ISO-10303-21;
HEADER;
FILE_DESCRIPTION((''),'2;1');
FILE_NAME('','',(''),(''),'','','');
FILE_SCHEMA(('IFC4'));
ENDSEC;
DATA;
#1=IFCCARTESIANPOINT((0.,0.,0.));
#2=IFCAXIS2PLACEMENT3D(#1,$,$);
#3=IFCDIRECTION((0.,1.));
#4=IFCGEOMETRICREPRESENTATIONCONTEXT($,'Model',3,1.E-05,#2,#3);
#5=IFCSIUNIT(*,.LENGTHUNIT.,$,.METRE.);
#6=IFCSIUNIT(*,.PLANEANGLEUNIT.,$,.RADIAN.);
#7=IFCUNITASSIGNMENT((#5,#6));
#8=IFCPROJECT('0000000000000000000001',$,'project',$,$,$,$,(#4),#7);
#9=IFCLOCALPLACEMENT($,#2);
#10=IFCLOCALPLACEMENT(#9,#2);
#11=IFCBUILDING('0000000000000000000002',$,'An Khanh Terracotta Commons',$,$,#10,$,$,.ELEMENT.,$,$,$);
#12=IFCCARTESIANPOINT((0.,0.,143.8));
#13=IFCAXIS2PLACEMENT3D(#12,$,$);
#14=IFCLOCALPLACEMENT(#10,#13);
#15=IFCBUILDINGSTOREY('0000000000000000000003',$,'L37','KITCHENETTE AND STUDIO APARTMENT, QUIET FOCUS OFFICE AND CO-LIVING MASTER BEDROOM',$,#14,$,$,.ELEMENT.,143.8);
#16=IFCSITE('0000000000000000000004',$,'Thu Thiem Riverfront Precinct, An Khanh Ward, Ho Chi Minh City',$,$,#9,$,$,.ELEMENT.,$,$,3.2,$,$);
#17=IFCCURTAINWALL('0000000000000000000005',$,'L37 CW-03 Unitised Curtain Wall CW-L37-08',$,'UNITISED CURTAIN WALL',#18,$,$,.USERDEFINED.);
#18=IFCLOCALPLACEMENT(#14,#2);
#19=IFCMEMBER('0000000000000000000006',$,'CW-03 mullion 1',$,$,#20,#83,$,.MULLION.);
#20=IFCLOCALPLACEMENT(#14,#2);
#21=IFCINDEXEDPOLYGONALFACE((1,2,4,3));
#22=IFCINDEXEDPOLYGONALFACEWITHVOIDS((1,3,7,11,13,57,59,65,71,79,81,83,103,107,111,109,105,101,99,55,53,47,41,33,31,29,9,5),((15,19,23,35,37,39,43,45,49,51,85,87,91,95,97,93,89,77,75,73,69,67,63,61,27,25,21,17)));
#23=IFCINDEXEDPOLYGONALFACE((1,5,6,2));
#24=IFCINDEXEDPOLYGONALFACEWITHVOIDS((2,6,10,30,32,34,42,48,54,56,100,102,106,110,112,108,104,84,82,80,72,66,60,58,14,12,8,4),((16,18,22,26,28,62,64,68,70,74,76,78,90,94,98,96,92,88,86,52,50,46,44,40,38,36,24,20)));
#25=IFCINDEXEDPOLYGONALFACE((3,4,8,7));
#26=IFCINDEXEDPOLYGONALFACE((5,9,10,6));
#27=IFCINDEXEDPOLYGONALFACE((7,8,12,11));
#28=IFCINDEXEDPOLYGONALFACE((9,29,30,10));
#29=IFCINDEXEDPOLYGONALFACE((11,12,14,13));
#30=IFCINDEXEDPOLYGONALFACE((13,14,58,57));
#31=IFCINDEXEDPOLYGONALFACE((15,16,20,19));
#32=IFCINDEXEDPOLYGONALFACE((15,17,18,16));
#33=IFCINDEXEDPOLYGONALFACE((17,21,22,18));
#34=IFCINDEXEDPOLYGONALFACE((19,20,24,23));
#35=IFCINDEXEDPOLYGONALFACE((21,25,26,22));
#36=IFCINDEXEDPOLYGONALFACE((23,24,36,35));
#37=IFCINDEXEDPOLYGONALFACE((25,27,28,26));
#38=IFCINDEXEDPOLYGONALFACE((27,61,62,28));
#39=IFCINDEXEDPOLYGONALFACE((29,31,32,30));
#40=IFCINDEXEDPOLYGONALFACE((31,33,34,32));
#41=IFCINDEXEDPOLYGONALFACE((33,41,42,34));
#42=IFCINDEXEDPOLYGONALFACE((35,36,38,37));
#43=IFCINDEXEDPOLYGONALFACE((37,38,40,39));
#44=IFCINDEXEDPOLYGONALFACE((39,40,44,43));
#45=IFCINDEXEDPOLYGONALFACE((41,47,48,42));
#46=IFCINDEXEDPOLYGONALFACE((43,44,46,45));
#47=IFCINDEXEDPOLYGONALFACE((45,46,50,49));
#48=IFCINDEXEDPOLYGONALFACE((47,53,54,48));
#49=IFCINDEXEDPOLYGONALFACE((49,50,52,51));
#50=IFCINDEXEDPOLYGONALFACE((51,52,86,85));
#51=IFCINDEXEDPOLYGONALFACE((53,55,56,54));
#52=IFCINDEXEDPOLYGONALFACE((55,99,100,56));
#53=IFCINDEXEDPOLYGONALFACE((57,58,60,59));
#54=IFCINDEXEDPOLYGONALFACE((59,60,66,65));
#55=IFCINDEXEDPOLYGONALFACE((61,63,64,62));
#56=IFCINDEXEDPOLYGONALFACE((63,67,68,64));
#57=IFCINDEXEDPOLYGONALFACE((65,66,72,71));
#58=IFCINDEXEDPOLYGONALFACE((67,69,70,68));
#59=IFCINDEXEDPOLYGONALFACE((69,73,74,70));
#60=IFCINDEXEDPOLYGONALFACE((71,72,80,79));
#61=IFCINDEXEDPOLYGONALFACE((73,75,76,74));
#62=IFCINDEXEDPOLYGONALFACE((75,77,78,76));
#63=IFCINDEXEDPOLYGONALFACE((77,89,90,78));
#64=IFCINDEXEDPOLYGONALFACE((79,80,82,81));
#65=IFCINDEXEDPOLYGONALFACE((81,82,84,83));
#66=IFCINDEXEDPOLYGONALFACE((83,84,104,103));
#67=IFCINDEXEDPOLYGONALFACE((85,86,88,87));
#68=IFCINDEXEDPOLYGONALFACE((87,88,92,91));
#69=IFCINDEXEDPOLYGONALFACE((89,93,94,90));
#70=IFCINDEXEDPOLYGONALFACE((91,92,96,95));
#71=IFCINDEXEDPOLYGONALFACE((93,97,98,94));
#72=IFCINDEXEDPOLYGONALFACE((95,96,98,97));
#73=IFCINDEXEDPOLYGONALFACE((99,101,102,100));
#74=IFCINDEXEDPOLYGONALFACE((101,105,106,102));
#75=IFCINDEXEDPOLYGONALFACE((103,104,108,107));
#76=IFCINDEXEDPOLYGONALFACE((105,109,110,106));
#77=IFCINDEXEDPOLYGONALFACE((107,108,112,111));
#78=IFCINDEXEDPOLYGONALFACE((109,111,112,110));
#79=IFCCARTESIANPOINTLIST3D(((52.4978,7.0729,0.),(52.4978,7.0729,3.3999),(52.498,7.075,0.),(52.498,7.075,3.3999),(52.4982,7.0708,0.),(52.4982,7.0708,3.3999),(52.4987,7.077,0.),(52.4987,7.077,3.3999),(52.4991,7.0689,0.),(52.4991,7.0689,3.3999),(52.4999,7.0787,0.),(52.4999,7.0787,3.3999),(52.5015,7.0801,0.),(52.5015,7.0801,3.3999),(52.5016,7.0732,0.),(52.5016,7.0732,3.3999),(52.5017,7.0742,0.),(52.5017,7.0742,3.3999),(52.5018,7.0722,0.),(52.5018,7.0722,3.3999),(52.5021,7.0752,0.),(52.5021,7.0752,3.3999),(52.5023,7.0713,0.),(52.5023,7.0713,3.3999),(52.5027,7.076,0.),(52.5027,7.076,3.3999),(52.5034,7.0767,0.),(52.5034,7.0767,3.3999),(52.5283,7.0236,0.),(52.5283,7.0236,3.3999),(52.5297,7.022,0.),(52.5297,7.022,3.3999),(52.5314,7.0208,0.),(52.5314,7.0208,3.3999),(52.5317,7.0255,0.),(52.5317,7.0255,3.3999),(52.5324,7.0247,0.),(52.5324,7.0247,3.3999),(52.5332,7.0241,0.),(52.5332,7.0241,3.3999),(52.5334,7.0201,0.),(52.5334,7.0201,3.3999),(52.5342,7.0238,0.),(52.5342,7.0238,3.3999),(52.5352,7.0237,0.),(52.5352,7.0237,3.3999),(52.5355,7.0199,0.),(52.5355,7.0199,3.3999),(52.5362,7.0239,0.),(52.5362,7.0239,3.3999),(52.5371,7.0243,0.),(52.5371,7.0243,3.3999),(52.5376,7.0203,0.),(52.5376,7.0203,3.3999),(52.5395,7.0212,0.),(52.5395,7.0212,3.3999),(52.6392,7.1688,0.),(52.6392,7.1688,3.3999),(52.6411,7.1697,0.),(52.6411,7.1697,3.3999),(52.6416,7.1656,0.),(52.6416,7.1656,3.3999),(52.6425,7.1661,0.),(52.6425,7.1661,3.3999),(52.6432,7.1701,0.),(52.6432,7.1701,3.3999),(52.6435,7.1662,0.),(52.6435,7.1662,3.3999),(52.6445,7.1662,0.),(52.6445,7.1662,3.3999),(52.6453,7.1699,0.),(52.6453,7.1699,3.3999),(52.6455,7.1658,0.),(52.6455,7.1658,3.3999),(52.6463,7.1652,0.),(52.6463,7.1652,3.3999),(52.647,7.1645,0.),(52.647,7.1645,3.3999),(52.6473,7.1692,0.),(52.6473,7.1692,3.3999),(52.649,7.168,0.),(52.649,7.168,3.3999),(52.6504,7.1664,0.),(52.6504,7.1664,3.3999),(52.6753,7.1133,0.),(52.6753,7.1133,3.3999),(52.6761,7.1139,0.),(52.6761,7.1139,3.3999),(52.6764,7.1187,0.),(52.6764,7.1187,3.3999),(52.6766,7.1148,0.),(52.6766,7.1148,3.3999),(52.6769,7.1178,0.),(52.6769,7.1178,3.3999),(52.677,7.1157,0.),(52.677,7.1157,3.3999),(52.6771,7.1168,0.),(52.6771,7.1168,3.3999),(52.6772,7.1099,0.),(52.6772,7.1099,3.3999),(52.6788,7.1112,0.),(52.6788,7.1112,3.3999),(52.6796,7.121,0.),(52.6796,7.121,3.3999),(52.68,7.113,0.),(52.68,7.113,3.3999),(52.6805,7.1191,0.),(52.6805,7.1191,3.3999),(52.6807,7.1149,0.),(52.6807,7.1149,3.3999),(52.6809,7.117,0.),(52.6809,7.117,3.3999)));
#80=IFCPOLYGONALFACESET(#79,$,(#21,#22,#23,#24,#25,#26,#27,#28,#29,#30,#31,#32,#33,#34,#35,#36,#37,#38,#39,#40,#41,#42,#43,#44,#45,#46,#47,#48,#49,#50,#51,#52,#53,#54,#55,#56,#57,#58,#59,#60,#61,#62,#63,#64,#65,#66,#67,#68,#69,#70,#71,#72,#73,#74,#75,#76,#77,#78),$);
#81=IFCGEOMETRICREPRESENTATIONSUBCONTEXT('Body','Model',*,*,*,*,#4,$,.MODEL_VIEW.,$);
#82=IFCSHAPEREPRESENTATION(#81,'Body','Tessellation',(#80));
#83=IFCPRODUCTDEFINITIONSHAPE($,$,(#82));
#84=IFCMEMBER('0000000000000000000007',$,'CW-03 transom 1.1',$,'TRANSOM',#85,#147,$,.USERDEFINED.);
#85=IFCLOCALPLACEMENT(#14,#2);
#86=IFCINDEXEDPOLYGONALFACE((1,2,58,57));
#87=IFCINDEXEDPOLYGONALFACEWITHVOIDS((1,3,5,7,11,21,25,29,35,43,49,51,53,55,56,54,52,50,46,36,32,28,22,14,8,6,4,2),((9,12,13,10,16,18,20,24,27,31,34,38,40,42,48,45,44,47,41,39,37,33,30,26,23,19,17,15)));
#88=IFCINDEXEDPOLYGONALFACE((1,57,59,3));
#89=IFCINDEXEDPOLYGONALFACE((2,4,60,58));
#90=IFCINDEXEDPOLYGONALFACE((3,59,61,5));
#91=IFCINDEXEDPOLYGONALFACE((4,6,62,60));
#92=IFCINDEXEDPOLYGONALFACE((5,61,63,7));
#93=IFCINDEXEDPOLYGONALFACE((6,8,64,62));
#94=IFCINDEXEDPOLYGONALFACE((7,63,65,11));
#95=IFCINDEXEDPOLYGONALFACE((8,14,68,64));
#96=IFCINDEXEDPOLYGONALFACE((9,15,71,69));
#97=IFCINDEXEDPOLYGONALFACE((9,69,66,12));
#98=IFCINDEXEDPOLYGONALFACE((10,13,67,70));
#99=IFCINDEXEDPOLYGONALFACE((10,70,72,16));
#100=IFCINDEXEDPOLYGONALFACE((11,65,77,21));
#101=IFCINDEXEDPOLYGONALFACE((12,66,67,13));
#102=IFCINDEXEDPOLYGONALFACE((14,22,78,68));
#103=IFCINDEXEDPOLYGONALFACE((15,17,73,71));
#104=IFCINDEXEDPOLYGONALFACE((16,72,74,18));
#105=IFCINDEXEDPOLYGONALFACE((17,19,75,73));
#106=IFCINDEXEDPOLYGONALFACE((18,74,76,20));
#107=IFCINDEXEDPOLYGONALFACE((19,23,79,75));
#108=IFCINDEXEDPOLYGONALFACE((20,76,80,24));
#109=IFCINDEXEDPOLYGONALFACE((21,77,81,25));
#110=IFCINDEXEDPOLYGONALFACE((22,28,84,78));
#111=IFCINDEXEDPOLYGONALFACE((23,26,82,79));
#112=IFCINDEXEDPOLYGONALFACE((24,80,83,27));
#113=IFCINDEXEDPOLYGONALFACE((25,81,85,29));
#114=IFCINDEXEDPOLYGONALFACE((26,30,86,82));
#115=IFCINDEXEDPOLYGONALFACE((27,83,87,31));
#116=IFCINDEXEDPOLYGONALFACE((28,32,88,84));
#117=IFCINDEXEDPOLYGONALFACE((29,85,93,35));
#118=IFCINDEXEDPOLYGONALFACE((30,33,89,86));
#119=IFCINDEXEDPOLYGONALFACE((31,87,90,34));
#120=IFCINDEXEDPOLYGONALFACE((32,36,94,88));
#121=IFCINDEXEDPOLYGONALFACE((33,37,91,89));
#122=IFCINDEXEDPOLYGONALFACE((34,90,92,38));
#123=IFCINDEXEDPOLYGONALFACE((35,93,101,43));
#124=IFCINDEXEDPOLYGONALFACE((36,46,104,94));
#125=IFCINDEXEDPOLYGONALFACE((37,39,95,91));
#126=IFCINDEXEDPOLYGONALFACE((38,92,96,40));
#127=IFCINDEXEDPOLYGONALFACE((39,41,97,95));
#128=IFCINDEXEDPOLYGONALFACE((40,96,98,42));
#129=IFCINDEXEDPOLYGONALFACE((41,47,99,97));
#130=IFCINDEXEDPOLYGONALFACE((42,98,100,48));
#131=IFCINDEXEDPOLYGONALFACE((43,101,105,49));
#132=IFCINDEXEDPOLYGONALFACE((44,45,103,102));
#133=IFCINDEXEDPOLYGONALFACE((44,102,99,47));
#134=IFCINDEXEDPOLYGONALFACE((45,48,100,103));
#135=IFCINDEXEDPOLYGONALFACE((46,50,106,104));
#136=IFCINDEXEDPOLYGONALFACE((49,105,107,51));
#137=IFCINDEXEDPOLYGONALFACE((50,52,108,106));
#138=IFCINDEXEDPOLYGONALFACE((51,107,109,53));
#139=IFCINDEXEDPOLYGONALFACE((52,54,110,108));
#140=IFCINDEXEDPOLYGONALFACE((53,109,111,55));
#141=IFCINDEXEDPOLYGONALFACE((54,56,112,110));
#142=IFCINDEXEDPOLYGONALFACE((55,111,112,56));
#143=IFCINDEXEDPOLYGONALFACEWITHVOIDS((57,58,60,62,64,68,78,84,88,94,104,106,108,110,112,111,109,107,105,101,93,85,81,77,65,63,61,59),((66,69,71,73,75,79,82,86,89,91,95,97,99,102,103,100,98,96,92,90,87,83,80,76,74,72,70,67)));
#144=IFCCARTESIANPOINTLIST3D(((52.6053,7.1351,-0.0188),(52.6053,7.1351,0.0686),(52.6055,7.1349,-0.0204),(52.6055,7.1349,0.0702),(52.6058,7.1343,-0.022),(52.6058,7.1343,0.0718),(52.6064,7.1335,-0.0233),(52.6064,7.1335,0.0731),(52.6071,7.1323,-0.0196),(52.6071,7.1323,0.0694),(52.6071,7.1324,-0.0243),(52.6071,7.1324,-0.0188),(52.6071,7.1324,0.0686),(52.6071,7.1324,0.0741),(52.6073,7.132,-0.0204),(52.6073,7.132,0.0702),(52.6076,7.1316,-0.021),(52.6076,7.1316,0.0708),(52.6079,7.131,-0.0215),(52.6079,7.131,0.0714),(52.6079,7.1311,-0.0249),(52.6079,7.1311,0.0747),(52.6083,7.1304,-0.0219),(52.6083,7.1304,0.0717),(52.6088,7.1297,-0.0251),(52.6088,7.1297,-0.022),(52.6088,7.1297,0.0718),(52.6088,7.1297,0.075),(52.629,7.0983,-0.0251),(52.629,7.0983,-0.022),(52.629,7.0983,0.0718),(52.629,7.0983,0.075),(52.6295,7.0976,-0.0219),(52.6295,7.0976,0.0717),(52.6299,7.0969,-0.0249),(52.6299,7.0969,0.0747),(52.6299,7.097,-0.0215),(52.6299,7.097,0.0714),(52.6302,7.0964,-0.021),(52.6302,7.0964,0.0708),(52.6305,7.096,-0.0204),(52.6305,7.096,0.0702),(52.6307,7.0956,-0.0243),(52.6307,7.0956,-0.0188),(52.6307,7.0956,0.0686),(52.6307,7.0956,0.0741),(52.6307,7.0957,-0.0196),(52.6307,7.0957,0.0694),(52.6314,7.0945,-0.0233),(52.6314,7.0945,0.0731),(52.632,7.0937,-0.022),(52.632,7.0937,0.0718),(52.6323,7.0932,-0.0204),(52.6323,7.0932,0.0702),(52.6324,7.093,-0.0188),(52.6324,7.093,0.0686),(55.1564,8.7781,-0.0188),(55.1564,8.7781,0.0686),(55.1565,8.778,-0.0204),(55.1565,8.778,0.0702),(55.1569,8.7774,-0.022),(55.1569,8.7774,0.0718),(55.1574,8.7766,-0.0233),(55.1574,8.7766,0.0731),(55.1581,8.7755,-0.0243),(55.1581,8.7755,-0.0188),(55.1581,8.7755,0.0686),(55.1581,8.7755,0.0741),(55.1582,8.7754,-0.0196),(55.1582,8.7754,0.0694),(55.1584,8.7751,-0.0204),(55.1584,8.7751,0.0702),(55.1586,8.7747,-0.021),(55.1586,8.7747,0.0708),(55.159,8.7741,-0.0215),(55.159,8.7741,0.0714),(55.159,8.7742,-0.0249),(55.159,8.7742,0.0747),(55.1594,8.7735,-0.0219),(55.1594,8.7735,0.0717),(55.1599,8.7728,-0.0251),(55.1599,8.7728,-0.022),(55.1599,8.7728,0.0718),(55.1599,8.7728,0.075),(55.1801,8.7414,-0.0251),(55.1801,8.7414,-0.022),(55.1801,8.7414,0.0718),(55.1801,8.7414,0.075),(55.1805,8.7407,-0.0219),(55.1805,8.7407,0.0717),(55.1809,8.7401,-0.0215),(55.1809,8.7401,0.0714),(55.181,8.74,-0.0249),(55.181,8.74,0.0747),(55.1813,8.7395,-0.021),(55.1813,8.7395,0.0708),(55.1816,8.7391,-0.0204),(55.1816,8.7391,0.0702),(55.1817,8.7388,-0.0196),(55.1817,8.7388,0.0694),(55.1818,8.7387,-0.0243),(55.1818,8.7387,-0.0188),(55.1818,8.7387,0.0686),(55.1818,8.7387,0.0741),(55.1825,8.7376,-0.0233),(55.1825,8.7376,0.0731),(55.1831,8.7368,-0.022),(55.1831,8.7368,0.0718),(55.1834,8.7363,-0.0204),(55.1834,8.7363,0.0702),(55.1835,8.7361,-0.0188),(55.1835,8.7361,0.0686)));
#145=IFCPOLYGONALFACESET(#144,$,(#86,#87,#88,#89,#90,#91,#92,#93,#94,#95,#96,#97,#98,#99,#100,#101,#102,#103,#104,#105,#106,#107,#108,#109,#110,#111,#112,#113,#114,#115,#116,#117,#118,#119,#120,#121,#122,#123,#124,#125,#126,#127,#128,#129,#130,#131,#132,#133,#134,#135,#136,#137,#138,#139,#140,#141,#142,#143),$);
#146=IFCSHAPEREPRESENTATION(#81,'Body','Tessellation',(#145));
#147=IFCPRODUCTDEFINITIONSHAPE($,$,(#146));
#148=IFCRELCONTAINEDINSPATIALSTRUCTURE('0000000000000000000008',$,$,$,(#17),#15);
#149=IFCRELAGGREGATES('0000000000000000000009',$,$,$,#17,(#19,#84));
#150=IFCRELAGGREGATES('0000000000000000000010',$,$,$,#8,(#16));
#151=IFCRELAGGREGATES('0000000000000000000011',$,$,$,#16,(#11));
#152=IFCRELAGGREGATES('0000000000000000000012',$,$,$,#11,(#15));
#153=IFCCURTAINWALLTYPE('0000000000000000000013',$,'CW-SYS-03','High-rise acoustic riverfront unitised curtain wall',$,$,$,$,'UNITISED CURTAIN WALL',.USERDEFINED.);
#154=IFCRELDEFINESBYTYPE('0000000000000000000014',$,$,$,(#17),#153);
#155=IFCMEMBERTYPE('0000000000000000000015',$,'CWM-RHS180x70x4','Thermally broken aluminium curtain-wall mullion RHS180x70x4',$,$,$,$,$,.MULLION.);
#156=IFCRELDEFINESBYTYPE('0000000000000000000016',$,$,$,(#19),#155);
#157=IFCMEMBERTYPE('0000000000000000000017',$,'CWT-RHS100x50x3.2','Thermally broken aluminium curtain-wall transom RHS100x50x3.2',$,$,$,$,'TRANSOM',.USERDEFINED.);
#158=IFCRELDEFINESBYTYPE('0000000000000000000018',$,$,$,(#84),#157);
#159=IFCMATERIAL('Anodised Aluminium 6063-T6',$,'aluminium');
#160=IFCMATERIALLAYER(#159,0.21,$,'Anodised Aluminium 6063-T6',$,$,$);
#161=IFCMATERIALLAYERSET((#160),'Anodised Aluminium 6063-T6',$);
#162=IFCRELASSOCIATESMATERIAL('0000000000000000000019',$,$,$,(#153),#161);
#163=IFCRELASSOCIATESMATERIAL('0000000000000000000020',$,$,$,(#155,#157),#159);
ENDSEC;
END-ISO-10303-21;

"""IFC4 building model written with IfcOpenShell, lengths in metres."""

from ifc_helpers import new_model, si_unit, direction, frame, origin, origin_2d, place, context, subcontext, project, spatial, hollow_rectangle, extrude, material, layer, layer_set, material_profile, profile_set, type_object, element, aggregate, save


model = new_model("IFC4")

# Units and contexts
model_context = context("Model", 3, precision=1e-05, world=origin(), true_north=direction((0.0, 1.0)))
body_context = subcontext(model_context, "Body", "Model", "MODEL_VIEW")
ifc_project = project(units=[si_unit("LENGTHUNIT", "METRE"), si_unit("PLANEANGLEUNIT", "RADIAN")], contexts=[model_context])

# Site, building, storey
site_placement = place(None, origin())
site = spatial("IfcSite", under=ifc_project, at=site_placement, Name="Thu Thiem Riverfront Precinct, An Khanh Ward, Ho Chi Minh City", CompositionType="ELEMENT", RefElevation=3.2)
building_placement = place(site_placement, origin())
building = spatial("IfcBuilding", under=site, at=building_placement, Name="An Khanh Terracotta Commons", CompositionType="ELEMENT")
storey_placement = place(building_placement, frame((0.0, 0.0, 143.8)))
storey = spatial("IfcBuildingStorey", under=building, at=storey_placement, Name="L37", Description="KITCHENETTE AND STUDIO APARTMENT, QUIET FOCUS OFFICE AND CO-LIVING MASTER BEDROOM", CompositionType="ELEMENT", Elevation=143.8)

# Curtain wall, members
ifc_material_1 = material(Name="Anodised Aluminium 6063-T6", Category="aluminium")
ifc_layer_1 = layer(ifc_material_1, 0.21, Name="Anodised Aluminium 6063-T6")
ifc_layer_set_1 = layer_set([ifc_layer_1], Name="Anodised Aluminium 6063-T6")
curtain_wall_type = type_object("IfcCurtainWallType", Name="CW-SYS-03", Description="High-rise acoustic riverfront unitised curtain wall", ElementType="UNITISED CURTAIN WALL", PredefinedType="USERDEFINED", material=ifc_layer_set_1)
curtain_wall_placement = place(storey_placement, origin())
curtain_wall = element("IfcCurtainWall", 1, at=curtain_wall_placement, inside=storey, type_object=curtain_wall_type, Name="L37 CW-03 Unitised Curtain Wall CW-L37-08", ObjectType="UNITISED CURTAIN WALL", PredefinedType="USERDEFINED")
ifc_material_profile_1 = material_profile(ifc_material_1, hollow_rectangle(XDim=0.0701, YDim=0.1799, WallThickness=0.0039, InnerFilletRadius=0.0039, OuterFilletRadius=0.0081, at=origin_2d()), Name="RHS180x70x4")
ifc_profile_set_1 = profile_set([ifc_material_profile_1], Name="Anodised Aluminium 6063-T6")
member_type_1 = type_object("IfcMemberType", Name="CWM-RHS180x70x4", Description="Thermally broken aluminium curtain-wall mullion RHS180x70x4", PredefinedType="MULLION", material=ifc_profile_set_1)
member_1_placement = place(storey_placement, frame((52.5894, 7.095, 0.0), z_axis=(0.0, 0.0, 1.0), x_axis=(-0.541498, 0.840702, 0.0)))
member_1 = element("IfcMember", 2, at=member_1_placement, type_object=member_type_1, Name="CW-03 mullion 1", PredefinedType="MULLION", context=body_context, shape_type="SweptSolid", body=[
    extrude(hollow_rectangle(XDim=0.0701, YDim=0.1799, WallThickness=0.0039, InnerFilletRadius=0.0039, OuterFilletRadius=0.0081, at=origin_2d()), origin(), (0.0, 0.0, 1.0), 3.3999),
])
ifc_material_profile_2 = material_profile(ifc_material_1, hollow_rectangle(XDim=0.05, YDim=0.1001, WallThickness=0.0032, InnerFilletRadius=0.0032, OuterFilletRadius=0.0063, at=origin_2d()), Name="RHS100x50x3.2")
ifc_profile_set_2 = profile_set([ifc_material_profile_2], Name="Anodised Aluminium 6063-T6")
member_type_2 = type_object("IfcMemberType", Name="CWT-RHS100x50x3.2", Description="Thermally broken aluminium curtain-wall transom RHS100x50x3.2", ElementType="TRANSOM", PredefinedType="USERDEFINED", material=ifc_profile_set_2)
member_2_placement = place(storey_placement, frame((52.6189, 7.114, 0.0249), z_axis=(0.84071, 0.541485, 0.0), x_axis=(-0.541485, 0.84071, 0.0)))
member_2 = element("IfcMember", 3, at=member_2_placement, type_object=member_type_2, Name="CW-03 transom 1.1", ObjectType="TRANSOM", PredefinedType="USERDEFINED", context=body_context, shape_type="SweptSolid", body=[
    extrude(hollow_rectangle(XDim=0.05, YDim=0.1001, WallThickness=0.0032, InnerFilletRadius=0.0032, OuterFilletRadius=0.0063, at=origin_2d()), origin(), (0.0, 0.0, 1.0), 3.0344),
])
aggregate(curtain_wall, [member_1, member_2])

save(model, "model.ifc")
